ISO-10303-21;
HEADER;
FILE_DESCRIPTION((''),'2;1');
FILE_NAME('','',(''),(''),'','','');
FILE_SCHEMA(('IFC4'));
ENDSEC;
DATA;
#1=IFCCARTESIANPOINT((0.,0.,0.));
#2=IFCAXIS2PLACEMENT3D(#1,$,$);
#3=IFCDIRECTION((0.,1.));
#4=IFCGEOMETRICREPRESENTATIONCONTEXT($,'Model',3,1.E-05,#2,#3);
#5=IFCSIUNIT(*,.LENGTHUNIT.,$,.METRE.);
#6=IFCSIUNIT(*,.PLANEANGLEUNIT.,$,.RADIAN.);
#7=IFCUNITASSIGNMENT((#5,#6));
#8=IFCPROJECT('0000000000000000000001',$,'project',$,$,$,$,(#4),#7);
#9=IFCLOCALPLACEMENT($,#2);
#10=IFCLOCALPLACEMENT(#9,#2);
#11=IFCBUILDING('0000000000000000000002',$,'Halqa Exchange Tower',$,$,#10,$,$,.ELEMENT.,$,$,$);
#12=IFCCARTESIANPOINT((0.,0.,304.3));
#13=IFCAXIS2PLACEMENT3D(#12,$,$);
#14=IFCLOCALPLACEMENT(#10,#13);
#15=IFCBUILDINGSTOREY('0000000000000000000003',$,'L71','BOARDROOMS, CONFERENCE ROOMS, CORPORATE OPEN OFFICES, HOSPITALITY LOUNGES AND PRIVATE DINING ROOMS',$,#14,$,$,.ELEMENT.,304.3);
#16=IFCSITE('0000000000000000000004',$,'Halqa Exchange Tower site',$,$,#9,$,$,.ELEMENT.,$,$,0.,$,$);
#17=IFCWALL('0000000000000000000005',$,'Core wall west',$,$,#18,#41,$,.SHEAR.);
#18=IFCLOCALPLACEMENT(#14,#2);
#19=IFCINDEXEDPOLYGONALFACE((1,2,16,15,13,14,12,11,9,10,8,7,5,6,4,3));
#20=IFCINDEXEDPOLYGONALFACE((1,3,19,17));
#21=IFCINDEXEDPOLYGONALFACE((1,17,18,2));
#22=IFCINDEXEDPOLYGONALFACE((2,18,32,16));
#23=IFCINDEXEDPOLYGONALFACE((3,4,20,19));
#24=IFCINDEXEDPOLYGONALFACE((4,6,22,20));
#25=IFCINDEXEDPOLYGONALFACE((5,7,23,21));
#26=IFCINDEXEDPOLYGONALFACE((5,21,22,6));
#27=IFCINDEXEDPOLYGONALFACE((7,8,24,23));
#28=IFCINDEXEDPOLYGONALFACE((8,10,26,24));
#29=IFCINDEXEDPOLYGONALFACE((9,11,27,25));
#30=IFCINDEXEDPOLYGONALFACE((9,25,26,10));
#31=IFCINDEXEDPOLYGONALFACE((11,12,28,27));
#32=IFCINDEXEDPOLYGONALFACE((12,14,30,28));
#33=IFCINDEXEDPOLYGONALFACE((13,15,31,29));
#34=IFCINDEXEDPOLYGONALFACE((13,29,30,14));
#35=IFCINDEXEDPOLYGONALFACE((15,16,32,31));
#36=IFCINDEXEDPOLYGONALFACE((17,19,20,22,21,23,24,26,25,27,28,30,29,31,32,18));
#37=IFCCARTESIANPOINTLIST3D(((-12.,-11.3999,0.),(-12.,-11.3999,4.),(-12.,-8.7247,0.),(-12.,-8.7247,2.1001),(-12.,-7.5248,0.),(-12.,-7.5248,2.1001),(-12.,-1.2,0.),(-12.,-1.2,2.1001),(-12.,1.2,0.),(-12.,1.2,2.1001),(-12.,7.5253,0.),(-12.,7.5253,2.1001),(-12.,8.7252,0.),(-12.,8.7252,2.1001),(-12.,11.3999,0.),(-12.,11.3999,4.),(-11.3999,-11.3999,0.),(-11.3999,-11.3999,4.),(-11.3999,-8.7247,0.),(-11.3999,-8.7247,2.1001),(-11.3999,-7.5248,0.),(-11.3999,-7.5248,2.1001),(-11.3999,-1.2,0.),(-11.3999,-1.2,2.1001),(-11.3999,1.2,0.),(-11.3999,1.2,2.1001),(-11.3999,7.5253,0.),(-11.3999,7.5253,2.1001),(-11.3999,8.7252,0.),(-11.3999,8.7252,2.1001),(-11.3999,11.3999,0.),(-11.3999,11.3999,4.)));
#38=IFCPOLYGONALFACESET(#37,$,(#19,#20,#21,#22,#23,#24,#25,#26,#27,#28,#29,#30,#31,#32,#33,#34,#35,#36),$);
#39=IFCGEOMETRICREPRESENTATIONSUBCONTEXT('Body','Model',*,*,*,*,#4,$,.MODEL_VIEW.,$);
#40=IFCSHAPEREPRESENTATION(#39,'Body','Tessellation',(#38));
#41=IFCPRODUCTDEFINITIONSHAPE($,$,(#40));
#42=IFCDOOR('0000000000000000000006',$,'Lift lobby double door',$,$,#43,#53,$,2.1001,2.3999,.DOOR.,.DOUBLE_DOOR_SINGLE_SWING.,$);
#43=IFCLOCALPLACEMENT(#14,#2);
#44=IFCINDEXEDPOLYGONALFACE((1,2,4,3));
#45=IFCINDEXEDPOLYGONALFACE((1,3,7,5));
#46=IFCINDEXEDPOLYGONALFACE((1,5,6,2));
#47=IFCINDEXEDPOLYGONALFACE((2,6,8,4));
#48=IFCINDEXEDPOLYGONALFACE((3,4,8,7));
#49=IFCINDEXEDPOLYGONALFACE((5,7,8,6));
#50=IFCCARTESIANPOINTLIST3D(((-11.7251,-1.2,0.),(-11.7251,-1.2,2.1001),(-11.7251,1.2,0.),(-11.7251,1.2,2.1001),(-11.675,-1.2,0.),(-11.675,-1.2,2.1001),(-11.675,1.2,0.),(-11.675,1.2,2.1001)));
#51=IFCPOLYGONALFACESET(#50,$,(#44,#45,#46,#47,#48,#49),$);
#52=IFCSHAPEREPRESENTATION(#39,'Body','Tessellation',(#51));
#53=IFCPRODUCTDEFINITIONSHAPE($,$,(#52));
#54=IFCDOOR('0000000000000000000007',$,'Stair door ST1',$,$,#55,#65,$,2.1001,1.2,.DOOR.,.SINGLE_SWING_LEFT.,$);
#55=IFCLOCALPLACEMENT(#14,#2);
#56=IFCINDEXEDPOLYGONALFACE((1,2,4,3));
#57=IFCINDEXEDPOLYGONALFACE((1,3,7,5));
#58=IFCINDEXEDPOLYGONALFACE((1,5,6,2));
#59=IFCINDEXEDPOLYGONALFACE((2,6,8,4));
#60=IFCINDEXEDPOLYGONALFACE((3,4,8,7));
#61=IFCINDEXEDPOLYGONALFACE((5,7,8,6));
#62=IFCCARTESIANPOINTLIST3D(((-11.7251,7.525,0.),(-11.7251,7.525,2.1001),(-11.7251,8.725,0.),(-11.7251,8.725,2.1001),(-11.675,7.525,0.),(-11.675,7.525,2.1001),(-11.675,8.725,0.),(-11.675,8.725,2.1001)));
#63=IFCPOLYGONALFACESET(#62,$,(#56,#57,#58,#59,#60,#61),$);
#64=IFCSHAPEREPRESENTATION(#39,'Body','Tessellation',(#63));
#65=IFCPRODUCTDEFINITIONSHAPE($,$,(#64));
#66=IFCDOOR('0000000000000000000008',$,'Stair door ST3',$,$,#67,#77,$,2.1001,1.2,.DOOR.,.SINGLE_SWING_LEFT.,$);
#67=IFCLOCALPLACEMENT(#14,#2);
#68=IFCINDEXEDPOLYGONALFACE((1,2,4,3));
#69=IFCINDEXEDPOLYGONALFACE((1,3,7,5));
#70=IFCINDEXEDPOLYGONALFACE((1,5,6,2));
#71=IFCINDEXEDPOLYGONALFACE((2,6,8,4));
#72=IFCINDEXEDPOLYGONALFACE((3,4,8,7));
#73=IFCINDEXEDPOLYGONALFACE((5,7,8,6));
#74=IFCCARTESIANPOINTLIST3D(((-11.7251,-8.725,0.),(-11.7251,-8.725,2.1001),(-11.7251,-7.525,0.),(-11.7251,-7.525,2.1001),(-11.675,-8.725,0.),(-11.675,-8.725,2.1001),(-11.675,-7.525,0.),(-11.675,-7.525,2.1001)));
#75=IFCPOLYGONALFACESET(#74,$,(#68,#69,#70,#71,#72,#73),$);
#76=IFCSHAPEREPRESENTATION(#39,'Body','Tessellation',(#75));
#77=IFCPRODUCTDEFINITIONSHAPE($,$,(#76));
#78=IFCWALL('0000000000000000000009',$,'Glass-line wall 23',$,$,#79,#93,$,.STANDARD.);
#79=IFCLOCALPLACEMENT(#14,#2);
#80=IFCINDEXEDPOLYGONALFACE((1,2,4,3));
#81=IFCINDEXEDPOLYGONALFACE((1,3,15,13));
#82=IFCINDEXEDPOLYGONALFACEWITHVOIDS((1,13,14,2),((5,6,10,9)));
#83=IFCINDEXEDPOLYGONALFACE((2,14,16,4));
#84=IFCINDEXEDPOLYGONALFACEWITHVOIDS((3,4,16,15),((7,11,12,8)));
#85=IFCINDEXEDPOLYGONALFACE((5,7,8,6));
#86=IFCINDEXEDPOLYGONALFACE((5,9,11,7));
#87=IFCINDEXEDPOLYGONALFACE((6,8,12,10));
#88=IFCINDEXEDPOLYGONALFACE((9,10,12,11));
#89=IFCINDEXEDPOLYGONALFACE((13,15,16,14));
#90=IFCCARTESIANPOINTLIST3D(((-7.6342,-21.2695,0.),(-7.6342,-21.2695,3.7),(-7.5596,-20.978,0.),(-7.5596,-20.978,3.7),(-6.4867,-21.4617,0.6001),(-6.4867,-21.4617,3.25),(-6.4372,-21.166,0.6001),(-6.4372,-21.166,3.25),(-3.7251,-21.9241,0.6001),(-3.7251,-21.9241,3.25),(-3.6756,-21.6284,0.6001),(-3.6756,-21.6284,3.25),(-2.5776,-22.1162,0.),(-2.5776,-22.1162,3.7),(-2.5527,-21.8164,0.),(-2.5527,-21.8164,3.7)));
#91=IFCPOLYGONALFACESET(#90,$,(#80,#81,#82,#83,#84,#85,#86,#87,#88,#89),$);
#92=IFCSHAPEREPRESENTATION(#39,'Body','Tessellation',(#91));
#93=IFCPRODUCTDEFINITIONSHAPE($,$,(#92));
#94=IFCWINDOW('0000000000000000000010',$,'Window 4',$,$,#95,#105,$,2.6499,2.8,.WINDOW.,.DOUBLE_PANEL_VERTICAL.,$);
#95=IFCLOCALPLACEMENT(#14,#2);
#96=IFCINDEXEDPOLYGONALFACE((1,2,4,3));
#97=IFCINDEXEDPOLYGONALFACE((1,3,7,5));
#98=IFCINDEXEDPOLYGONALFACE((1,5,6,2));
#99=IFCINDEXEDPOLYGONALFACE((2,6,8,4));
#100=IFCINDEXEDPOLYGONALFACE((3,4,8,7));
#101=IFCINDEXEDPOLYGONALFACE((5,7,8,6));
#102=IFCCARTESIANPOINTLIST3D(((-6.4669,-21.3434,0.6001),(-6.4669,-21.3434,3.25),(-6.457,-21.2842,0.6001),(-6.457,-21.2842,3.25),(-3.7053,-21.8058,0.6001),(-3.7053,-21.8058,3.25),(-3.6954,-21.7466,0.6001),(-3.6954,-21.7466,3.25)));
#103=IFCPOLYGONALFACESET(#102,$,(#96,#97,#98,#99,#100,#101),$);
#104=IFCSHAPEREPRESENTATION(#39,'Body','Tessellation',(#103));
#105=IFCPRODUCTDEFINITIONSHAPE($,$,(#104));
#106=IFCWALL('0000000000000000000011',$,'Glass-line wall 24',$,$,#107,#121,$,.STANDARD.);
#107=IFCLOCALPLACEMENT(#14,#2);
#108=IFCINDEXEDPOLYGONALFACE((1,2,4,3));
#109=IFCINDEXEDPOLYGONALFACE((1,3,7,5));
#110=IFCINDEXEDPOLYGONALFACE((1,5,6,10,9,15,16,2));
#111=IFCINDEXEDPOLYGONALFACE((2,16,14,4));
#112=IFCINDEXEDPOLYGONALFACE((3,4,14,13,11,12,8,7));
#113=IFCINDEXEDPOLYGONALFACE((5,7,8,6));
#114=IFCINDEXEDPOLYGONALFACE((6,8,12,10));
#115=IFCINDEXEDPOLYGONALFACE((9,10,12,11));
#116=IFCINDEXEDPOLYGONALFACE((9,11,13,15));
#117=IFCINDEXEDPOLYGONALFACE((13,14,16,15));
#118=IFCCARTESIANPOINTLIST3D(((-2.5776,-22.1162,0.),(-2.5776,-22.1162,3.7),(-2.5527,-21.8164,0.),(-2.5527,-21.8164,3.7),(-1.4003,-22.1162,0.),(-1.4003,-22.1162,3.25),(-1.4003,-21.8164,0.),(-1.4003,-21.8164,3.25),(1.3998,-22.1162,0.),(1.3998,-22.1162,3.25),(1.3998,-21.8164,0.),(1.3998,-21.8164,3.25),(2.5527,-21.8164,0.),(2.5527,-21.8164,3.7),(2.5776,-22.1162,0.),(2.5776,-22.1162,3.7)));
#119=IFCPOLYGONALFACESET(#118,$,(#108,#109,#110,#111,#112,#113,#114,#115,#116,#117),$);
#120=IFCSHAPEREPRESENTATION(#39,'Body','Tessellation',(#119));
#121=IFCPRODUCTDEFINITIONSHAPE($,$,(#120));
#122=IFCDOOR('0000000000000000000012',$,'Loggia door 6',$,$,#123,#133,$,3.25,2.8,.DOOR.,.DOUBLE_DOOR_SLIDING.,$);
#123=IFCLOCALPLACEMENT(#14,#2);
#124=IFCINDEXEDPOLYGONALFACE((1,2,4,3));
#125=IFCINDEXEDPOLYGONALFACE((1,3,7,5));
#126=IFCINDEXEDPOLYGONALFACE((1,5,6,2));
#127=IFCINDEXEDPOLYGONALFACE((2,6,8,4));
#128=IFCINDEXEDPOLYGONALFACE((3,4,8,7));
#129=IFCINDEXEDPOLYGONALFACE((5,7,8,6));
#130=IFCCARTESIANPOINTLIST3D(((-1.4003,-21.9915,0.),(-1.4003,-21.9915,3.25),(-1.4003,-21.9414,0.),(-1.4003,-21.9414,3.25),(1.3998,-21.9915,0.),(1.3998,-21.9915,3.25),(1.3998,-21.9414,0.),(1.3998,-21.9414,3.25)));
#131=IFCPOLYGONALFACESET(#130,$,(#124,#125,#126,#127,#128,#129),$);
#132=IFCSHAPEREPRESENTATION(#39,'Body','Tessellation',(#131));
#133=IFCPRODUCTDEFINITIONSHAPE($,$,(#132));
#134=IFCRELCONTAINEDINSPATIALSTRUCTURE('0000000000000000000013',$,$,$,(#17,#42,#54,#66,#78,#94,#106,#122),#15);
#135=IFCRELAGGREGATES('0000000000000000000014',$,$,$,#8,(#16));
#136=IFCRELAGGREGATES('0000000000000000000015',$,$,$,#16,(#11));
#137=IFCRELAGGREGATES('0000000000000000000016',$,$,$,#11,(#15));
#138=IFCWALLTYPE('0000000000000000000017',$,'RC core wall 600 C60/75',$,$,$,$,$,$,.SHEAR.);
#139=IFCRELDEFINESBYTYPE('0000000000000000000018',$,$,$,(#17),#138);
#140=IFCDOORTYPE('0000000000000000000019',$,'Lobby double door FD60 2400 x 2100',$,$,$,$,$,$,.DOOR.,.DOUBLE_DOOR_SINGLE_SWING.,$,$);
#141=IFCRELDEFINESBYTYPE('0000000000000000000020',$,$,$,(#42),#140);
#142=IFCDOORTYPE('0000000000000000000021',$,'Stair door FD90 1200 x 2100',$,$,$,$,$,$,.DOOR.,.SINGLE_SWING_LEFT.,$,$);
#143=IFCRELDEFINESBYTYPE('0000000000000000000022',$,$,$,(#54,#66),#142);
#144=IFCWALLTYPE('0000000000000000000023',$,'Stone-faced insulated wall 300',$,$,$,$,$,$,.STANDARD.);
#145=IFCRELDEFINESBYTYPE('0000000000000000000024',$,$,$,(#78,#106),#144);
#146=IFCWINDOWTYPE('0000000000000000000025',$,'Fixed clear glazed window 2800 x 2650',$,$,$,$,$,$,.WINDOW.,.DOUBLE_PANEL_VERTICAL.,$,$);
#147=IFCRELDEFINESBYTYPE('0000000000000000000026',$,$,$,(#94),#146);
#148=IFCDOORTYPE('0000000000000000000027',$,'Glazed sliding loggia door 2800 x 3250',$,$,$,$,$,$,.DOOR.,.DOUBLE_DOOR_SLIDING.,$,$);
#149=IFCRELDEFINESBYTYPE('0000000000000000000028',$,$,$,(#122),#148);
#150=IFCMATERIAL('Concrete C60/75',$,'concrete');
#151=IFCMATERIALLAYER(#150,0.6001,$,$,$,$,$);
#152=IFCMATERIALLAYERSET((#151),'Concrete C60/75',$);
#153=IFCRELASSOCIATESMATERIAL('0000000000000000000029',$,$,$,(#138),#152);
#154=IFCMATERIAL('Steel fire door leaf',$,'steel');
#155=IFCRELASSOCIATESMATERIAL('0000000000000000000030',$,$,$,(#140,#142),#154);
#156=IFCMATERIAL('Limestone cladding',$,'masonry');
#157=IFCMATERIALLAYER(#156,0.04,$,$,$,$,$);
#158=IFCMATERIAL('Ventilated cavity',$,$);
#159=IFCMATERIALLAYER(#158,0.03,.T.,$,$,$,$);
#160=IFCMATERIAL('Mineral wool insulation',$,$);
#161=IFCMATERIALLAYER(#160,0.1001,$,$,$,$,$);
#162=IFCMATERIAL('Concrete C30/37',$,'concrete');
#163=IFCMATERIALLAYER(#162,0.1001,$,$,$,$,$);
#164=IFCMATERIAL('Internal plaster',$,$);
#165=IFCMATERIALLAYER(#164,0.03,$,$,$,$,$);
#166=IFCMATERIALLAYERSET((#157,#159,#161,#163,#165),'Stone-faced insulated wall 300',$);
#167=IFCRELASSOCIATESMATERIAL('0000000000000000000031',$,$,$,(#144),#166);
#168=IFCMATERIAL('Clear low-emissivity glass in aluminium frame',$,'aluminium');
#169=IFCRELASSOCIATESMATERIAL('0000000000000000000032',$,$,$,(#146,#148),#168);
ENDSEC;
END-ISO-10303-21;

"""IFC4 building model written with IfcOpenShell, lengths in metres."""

from ifc_helpers import new_model, si_unit, direction, frame, frame_2d, origin, place, context, subcontext, project, spatial, polyline, rectangle, outline, extrude, material, layer, layer_set, type_object, element, fill, save


model = new_model("IFC4")

# Units and contexts
model_context = context("Model", 3, precision=1e-05, world=origin(), true_north=direction((0.0, 1.0)))
body_context = subcontext(model_context, "Body", "Model", "MODEL_VIEW")
ifc_project = project(units=[si_unit("LENGTHUNIT", "METRE"), si_unit("PLANEANGLEUNIT", "RADIAN")], contexts=[model_context])

# Site, building, storey
site_placement = place(None, origin())
site = spatial("IfcSite", under=ifc_project, at=site_placement, Name="Halqa Exchange Tower site", CompositionType="ELEMENT", RefElevation=0.0)
building_placement = place(site_placement, origin())
building = spatial("IfcBuilding", under=site, at=building_placement, Name="Halqa Exchange Tower", CompositionType="ELEMENT")
storey_placement = place(building_placement, frame((0.0, 0.0, 304.3)))
storey = spatial("IfcBuildingStorey", under=building, at=storey_placement, Name="L71", Description="BOARDROOMS, CONFERENCE ROOMS, CORPORATE OPEN OFFICES, HOSPITALITY LOUNGES AND PRIVATE DINING ROOMS", CompositionType="ELEMENT", Elevation=304.3)

# Shared definitions
ifc_material_1 = material(Name="Concrete C60/75", Category="concrete")

# Wall, openings, doors
ifc_layer_1 = layer(ifc_material_1, 0.6001)
ifc_layer_set_1 = layer_set([ifc_layer_1], Name="Concrete C60/75")
wall_type_1 = type_object("IfcWallType", Name="RC core wall 600 C60/75", PredefinedType="SHEAR", material=ifc_layer_set_1)
wall_1_placement = place(storey_placement, frame((-11.7, -11.3999, 0.0), z_axis=(0.0, 0.0, 1.0), x_axis=(0.0, 1.0, 0.0)))
wall_1 = element("IfcWall", 1, at=wall_1_placement, inside=storey, type_object=wall_type_1, Name="Core wall west", PredefinedType="SHEAR", context=body_context, shape_type="SweptSolid", body=[
    extrude(rectangle(XDim=22.7998, YDim=0.6001, at=frame_2d((11.3999, 0.0))), origin(), (0.0, 0.0, 1.0), 4.0),
])
opening_1_placement = place(wall_1_placement, frame((10.2, 0.0, 0.0)))
opening_1 = element("IfcOpeningElement", 2, at=opening_1_placement, cuts=wall_1, PredefinedType="OPENING", context=body_context, shape_type="SweptSolid", body=[
    extrude(rectangle(XDim=2.3999, YDim=2.1001, at=frame_2d((1.2, 1.05))), frame((0.0, 0.312, 0.0), z_axis=(0.0, -1.0, 0.0), x_axis=(1.0, 0.0, 0.0)), (0.0, 0.0, 1.0), 0.624),
])
opening_2_placement = place(wall_1_placement, frame((18.925, 0.0, 0.0)))
opening_2 = element("IfcOpeningElement", 3, at=opening_2_placement, cuts=wall_1, PredefinedType="OPENING", context=body_context, shape_type="SweptSolid", body=[
    extrude(rectangle(XDim=1.2, YDim=2.1001, at=frame_2d((0.6001, 1.05))), frame((0.0, 0.312, 0.0), z_axis=(0.0, -1.0, 0.0), x_axis=(1.0, 0.0, 0.0)), (0.0, 0.0, 1.0), 0.624),
])
opening_3_placement = place(wall_1_placement, frame((2.675, 0.0, 0.0)))
opening_3 = element("IfcOpeningElement", 4, at=opening_3_placement, cuts=wall_1, PredefinedType="OPENING", context=body_context, shape_type="SweptSolid", body=[
    extrude(rectangle(XDim=1.2, YDim=2.1001, at=frame_2d((0.6001, 1.05))), frame((0.0, 0.312, 0.0), z_axis=(0.0, -1.0, 0.0), x_axis=(1.0, 0.0, 0.0)), (0.0, 0.0, 1.0), 0.624),
])
ifc_material_2 = material(Name="Steel fire door leaf", Category="steel")
door_type_1 = type_object("IfcDoorType", Name="Lobby double door FD60 2400 x 2100", OperationType="DOUBLE_DOOR_SINGLE_SWING", PredefinedType="DOOR", material=ifc_material_2)
door_1_placement = place(opening_1_placement, frame((2.3999, 0.0, 0.0), z_axis=(0.0, 0.0, 1.0), x_axis=(-1.0, 0.0, 0.0)))
door_1 = element("IfcDoor", 5, at=door_1_placement, inside=storey, type_object=door_type_1, Name="Lift lobby double door", OperationType="DOUBLE_DOOR_SINGLE_SWING", OverallHeight=2.1001, OverallWidth=2.3999, PredefinedType="DOOR", context=body_context, shape_type="SweptSolid", body=[
    extrude(rectangle(XDim=2.3999, YDim=2.1001, at=frame_2d((1.2, 1.05))), frame((0.0, 0.0249, 0.0), z_axis=(0.0, -1.0, 0.0), x_axis=(1.0, 0.0, 0.0)), (0.0, 0.0, 1.0), 0.05),
])
fill(opening_1, door_1)
door_type_2 = type_object("IfcDoorType", Name="Stair door FD90 1200 x 2100", OperationType="SINGLE_SWING_LEFT", PredefinedType="DOOR", material=ifc_material_2)
door_2_placement = place(opening_2_placement, frame((1.2, 0.0, 0.0), z_axis=(0.0, 0.0, 1.0), x_axis=(-1.0, 0.0, 0.0)))
door_2 = element("IfcDoor", 6, at=door_2_placement, inside=storey, type_object=door_type_2, Name="Stair door ST1", OperationType="SINGLE_SWING_LEFT", OverallHeight=2.1001, OverallWidth=1.2, PredefinedType="DOOR", context=body_context, shape_type="SweptSolid", body=[
    extrude(rectangle(XDim=1.2, YDim=2.1001, at=frame_2d((0.6001, 1.05))), frame((0.0, 0.0249, 0.0), z_axis=(0.0, -1.0, 0.0), x_axis=(1.0, 0.0, 0.0)), (0.0, 0.0, 1.0), 0.05),
])
fill(opening_2, door_2)
door_3_placement = place(opening_3_placement, frame((1.2, 0.0, 0.0), z_axis=(0.0, 0.0, 1.0), x_axis=(-1.0, 0.0, 0.0)))
door_3 = element("IfcDoor", 7, at=door_3_placement, inside=storey, type_object=door_type_2, Name="Stair door ST3", OperationType="SINGLE_SWING_LEFT", OverallHeight=2.1001, OverallWidth=1.2, PredefinedType="DOOR", context=body_context, shape_type="SweptSolid", body=[
    extrude(rectangle(XDim=1.2, YDim=2.1001, at=frame_2d((0.6001, 1.05))), frame((0.0, 0.0249, 0.0), z_axis=(0.0, -1.0, 0.0), x_axis=(1.0, 0.0, 0.0)), (0.0, 0.0, 1.0), 0.05),
])
fill(opening_3, door_3)

# Wall, opening, window
ifc_material_3 = material(Name="Limestone cladding", Category="masonry")
ifc_layer_2 = layer(ifc_material_3, 0.04)
ifc_material_4 = material(Name="Ventilated cavity")
ifc_layer_3 = layer(ifc_material_4, 0.03, ventilated=True)
ifc_material_5 = material(Name="Mineral wool insulation")
ifc_layer_4 = layer(ifc_material_5, 0.1001)
ifc_material_6 = material(Name="Concrete C30/37", Category="concrete")
ifc_layer_5 = layer(ifc_material_6, 0.1001)
ifc_material_7 = material(Name="Internal plaster")
ifc_layer_6 = layer(ifc_material_7, 0.03)
ifc_layer_set_2 = layer_set([ifc_layer_2, ifc_layer_3, ifc_layer_4, ifc_layer_5, ifc_layer_6], Name="Stone-faced insulated wall 300")
wall_type_2 = type_object("IfcWallType", Name="Stone-faced insulated wall 300", PredefinedType="STANDARD", material=ifc_layer_set_2)
wall_2_placement = place(storey_placement, frame((-7.5969, -21.1238, 0.0), z_axis=(0.0, 0.0, 1.0), x_axis=(0.986269, -0.165144, 0.0)))
wall_2 = element("IfcWall", 8, at=wall_2_placement, inside=storey, type_object=wall_type_2, Name="Glass-line wall 23", PredefinedType="STANDARD", context=body_context, shape_type="SweptSolid", body=[
    extrude(outline(polyline([(-0.0127, -0.1499), (5.1143, -0.1499), (5.0894, 0.1499), (0.0127, 0.1499), (-0.0127, -0.1499)])), origin(), (0.0, 0.0, 1.0), 3.7),
])
opening_4_placement = place(wall_2_placement, frame((1.1509, 0.0, 0.6001)))
opening_4 = element("IfcOpeningElement", 9, at=opening_4_placement, cuts=wall_2, PredefinedType="OPENING", context=body_context, shape_type="SweptSolid", body=[
    extrude(rectangle(XDim=2.8, YDim=2.6499, at=frame_2d((1.3999, 1.325))), frame((0.0, 0.1621, 0.0), z_axis=(0.0, -1.0, 0.0), x_axis=(1.0, 0.0, 0.0)), (0.0, 0.0, 1.0), 0.324),
])
ifc_material_8 = material(Name="Clear low-emissivity glass in aluminium frame", Category="aluminium")
window_type = type_object("IfcWindowType", Name="Fixed clear glazed window 2800 x 2650", PartitioningType="DOUBLE_PANEL_VERTICAL", PredefinedType="WINDOW", material=ifc_material_8)
window_placement = place(opening_4_placement, origin())
window = element("IfcWindow", 10, at=window_placement, inside=storey, type_object=window_type, Name="Window 4", OverallHeight=2.6499, OverallWidth=2.8, PartitioningType="DOUBLE_PANEL_VERTICAL", PredefinedType="WINDOW", context=body_context, shape_type="SweptSolid", body=[
    extrude(rectangle(XDim=2.8, YDim=2.6499, at=frame_2d((1.3999, 1.325))), frame((0.0, 0.03, 0.0), z_axis=(0.0, -1.0, 0.0), x_axis=(1.0, 0.0, 0.0)), (0.0, 0.0, 1.0), 0.0601),
])
fill(opening_4, window)

# Wall, opening, door
wall_3_placement = place(storey_placement, frame((-2.5652, -21.9663, 0.0), z_axis=(0.0, 0.0, 1.0), x_axis=(1.0, 0.0, 0.0)))
wall_3 = element("IfcWall", 11, at=wall_3_placement, inside=storey, type_object=wall_type_2, Name="Glass-line wall 24", PredefinedType="STANDARD", context=body_context, shape_type="SweptSolid", body=[
    extrude(outline(polyline([(-0.0125, -0.1499), (5.1428, -0.1499), (5.1179, 0.1499), (0.0125, 0.1499), (-0.0125, -0.1499)])), origin(), (0.0, 0.0, 1.0), 3.7),
])
opening_5_placement = place(wall_3_placement, frame((1.165, 0.0, 0.0)))
opening_5 = element("IfcOpeningElement", 12, at=opening_5_placement, cuts=wall_3, PredefinedType="OPENING", context=body_context, shape_type="SweptSolid", body=[
    extrude(rectangle(XDim=2.8, YDim=3.25, at=frame_2d((1.3999, 1.625))), frame((0.0, 0.1621, 0.0), z_axis=(0.0, -1.0, 0.0), x_axis=(1.0, 0.0, 0.0)), (0.0, 0.0, 1.0), 0.324),
])
door_type_3 = type_object("IfcDoorType", Name="Glazed sliding loggia door 2800 x 3250", OperationType="DOUBLE_DOOR_SLIDING", PredefinedType="DOOR", material=ifc_material_8)
door_4_placement = place(opening_5_placement, origin())
door_4 = element("IfcDoor", 13, at=door_4_placement, inside=storey, type_object=door_type_3, Name="Loggia door 6", OperationType="DOUBLE_DOOR_SLIDING", OverallHeight=3.25, OverallWidth=2.8, PredefinedType="DOOR", context=body_context, shape_type="SweptSolid", body=[
    extrude(rectangle(XDim=2.8, YDim=3.25, at=frame_2d((1.3999, 1.625))), frame((0.0, 0.0249, 0.0), z_axis=(0.0, -1.0, 0.0), x_axis=(1.0, 0.0, 0.0)), (0.0, 0.0, 1.0), 0.05),
])
fill(opening_5, door_4)

save(model, "model.ifc")
